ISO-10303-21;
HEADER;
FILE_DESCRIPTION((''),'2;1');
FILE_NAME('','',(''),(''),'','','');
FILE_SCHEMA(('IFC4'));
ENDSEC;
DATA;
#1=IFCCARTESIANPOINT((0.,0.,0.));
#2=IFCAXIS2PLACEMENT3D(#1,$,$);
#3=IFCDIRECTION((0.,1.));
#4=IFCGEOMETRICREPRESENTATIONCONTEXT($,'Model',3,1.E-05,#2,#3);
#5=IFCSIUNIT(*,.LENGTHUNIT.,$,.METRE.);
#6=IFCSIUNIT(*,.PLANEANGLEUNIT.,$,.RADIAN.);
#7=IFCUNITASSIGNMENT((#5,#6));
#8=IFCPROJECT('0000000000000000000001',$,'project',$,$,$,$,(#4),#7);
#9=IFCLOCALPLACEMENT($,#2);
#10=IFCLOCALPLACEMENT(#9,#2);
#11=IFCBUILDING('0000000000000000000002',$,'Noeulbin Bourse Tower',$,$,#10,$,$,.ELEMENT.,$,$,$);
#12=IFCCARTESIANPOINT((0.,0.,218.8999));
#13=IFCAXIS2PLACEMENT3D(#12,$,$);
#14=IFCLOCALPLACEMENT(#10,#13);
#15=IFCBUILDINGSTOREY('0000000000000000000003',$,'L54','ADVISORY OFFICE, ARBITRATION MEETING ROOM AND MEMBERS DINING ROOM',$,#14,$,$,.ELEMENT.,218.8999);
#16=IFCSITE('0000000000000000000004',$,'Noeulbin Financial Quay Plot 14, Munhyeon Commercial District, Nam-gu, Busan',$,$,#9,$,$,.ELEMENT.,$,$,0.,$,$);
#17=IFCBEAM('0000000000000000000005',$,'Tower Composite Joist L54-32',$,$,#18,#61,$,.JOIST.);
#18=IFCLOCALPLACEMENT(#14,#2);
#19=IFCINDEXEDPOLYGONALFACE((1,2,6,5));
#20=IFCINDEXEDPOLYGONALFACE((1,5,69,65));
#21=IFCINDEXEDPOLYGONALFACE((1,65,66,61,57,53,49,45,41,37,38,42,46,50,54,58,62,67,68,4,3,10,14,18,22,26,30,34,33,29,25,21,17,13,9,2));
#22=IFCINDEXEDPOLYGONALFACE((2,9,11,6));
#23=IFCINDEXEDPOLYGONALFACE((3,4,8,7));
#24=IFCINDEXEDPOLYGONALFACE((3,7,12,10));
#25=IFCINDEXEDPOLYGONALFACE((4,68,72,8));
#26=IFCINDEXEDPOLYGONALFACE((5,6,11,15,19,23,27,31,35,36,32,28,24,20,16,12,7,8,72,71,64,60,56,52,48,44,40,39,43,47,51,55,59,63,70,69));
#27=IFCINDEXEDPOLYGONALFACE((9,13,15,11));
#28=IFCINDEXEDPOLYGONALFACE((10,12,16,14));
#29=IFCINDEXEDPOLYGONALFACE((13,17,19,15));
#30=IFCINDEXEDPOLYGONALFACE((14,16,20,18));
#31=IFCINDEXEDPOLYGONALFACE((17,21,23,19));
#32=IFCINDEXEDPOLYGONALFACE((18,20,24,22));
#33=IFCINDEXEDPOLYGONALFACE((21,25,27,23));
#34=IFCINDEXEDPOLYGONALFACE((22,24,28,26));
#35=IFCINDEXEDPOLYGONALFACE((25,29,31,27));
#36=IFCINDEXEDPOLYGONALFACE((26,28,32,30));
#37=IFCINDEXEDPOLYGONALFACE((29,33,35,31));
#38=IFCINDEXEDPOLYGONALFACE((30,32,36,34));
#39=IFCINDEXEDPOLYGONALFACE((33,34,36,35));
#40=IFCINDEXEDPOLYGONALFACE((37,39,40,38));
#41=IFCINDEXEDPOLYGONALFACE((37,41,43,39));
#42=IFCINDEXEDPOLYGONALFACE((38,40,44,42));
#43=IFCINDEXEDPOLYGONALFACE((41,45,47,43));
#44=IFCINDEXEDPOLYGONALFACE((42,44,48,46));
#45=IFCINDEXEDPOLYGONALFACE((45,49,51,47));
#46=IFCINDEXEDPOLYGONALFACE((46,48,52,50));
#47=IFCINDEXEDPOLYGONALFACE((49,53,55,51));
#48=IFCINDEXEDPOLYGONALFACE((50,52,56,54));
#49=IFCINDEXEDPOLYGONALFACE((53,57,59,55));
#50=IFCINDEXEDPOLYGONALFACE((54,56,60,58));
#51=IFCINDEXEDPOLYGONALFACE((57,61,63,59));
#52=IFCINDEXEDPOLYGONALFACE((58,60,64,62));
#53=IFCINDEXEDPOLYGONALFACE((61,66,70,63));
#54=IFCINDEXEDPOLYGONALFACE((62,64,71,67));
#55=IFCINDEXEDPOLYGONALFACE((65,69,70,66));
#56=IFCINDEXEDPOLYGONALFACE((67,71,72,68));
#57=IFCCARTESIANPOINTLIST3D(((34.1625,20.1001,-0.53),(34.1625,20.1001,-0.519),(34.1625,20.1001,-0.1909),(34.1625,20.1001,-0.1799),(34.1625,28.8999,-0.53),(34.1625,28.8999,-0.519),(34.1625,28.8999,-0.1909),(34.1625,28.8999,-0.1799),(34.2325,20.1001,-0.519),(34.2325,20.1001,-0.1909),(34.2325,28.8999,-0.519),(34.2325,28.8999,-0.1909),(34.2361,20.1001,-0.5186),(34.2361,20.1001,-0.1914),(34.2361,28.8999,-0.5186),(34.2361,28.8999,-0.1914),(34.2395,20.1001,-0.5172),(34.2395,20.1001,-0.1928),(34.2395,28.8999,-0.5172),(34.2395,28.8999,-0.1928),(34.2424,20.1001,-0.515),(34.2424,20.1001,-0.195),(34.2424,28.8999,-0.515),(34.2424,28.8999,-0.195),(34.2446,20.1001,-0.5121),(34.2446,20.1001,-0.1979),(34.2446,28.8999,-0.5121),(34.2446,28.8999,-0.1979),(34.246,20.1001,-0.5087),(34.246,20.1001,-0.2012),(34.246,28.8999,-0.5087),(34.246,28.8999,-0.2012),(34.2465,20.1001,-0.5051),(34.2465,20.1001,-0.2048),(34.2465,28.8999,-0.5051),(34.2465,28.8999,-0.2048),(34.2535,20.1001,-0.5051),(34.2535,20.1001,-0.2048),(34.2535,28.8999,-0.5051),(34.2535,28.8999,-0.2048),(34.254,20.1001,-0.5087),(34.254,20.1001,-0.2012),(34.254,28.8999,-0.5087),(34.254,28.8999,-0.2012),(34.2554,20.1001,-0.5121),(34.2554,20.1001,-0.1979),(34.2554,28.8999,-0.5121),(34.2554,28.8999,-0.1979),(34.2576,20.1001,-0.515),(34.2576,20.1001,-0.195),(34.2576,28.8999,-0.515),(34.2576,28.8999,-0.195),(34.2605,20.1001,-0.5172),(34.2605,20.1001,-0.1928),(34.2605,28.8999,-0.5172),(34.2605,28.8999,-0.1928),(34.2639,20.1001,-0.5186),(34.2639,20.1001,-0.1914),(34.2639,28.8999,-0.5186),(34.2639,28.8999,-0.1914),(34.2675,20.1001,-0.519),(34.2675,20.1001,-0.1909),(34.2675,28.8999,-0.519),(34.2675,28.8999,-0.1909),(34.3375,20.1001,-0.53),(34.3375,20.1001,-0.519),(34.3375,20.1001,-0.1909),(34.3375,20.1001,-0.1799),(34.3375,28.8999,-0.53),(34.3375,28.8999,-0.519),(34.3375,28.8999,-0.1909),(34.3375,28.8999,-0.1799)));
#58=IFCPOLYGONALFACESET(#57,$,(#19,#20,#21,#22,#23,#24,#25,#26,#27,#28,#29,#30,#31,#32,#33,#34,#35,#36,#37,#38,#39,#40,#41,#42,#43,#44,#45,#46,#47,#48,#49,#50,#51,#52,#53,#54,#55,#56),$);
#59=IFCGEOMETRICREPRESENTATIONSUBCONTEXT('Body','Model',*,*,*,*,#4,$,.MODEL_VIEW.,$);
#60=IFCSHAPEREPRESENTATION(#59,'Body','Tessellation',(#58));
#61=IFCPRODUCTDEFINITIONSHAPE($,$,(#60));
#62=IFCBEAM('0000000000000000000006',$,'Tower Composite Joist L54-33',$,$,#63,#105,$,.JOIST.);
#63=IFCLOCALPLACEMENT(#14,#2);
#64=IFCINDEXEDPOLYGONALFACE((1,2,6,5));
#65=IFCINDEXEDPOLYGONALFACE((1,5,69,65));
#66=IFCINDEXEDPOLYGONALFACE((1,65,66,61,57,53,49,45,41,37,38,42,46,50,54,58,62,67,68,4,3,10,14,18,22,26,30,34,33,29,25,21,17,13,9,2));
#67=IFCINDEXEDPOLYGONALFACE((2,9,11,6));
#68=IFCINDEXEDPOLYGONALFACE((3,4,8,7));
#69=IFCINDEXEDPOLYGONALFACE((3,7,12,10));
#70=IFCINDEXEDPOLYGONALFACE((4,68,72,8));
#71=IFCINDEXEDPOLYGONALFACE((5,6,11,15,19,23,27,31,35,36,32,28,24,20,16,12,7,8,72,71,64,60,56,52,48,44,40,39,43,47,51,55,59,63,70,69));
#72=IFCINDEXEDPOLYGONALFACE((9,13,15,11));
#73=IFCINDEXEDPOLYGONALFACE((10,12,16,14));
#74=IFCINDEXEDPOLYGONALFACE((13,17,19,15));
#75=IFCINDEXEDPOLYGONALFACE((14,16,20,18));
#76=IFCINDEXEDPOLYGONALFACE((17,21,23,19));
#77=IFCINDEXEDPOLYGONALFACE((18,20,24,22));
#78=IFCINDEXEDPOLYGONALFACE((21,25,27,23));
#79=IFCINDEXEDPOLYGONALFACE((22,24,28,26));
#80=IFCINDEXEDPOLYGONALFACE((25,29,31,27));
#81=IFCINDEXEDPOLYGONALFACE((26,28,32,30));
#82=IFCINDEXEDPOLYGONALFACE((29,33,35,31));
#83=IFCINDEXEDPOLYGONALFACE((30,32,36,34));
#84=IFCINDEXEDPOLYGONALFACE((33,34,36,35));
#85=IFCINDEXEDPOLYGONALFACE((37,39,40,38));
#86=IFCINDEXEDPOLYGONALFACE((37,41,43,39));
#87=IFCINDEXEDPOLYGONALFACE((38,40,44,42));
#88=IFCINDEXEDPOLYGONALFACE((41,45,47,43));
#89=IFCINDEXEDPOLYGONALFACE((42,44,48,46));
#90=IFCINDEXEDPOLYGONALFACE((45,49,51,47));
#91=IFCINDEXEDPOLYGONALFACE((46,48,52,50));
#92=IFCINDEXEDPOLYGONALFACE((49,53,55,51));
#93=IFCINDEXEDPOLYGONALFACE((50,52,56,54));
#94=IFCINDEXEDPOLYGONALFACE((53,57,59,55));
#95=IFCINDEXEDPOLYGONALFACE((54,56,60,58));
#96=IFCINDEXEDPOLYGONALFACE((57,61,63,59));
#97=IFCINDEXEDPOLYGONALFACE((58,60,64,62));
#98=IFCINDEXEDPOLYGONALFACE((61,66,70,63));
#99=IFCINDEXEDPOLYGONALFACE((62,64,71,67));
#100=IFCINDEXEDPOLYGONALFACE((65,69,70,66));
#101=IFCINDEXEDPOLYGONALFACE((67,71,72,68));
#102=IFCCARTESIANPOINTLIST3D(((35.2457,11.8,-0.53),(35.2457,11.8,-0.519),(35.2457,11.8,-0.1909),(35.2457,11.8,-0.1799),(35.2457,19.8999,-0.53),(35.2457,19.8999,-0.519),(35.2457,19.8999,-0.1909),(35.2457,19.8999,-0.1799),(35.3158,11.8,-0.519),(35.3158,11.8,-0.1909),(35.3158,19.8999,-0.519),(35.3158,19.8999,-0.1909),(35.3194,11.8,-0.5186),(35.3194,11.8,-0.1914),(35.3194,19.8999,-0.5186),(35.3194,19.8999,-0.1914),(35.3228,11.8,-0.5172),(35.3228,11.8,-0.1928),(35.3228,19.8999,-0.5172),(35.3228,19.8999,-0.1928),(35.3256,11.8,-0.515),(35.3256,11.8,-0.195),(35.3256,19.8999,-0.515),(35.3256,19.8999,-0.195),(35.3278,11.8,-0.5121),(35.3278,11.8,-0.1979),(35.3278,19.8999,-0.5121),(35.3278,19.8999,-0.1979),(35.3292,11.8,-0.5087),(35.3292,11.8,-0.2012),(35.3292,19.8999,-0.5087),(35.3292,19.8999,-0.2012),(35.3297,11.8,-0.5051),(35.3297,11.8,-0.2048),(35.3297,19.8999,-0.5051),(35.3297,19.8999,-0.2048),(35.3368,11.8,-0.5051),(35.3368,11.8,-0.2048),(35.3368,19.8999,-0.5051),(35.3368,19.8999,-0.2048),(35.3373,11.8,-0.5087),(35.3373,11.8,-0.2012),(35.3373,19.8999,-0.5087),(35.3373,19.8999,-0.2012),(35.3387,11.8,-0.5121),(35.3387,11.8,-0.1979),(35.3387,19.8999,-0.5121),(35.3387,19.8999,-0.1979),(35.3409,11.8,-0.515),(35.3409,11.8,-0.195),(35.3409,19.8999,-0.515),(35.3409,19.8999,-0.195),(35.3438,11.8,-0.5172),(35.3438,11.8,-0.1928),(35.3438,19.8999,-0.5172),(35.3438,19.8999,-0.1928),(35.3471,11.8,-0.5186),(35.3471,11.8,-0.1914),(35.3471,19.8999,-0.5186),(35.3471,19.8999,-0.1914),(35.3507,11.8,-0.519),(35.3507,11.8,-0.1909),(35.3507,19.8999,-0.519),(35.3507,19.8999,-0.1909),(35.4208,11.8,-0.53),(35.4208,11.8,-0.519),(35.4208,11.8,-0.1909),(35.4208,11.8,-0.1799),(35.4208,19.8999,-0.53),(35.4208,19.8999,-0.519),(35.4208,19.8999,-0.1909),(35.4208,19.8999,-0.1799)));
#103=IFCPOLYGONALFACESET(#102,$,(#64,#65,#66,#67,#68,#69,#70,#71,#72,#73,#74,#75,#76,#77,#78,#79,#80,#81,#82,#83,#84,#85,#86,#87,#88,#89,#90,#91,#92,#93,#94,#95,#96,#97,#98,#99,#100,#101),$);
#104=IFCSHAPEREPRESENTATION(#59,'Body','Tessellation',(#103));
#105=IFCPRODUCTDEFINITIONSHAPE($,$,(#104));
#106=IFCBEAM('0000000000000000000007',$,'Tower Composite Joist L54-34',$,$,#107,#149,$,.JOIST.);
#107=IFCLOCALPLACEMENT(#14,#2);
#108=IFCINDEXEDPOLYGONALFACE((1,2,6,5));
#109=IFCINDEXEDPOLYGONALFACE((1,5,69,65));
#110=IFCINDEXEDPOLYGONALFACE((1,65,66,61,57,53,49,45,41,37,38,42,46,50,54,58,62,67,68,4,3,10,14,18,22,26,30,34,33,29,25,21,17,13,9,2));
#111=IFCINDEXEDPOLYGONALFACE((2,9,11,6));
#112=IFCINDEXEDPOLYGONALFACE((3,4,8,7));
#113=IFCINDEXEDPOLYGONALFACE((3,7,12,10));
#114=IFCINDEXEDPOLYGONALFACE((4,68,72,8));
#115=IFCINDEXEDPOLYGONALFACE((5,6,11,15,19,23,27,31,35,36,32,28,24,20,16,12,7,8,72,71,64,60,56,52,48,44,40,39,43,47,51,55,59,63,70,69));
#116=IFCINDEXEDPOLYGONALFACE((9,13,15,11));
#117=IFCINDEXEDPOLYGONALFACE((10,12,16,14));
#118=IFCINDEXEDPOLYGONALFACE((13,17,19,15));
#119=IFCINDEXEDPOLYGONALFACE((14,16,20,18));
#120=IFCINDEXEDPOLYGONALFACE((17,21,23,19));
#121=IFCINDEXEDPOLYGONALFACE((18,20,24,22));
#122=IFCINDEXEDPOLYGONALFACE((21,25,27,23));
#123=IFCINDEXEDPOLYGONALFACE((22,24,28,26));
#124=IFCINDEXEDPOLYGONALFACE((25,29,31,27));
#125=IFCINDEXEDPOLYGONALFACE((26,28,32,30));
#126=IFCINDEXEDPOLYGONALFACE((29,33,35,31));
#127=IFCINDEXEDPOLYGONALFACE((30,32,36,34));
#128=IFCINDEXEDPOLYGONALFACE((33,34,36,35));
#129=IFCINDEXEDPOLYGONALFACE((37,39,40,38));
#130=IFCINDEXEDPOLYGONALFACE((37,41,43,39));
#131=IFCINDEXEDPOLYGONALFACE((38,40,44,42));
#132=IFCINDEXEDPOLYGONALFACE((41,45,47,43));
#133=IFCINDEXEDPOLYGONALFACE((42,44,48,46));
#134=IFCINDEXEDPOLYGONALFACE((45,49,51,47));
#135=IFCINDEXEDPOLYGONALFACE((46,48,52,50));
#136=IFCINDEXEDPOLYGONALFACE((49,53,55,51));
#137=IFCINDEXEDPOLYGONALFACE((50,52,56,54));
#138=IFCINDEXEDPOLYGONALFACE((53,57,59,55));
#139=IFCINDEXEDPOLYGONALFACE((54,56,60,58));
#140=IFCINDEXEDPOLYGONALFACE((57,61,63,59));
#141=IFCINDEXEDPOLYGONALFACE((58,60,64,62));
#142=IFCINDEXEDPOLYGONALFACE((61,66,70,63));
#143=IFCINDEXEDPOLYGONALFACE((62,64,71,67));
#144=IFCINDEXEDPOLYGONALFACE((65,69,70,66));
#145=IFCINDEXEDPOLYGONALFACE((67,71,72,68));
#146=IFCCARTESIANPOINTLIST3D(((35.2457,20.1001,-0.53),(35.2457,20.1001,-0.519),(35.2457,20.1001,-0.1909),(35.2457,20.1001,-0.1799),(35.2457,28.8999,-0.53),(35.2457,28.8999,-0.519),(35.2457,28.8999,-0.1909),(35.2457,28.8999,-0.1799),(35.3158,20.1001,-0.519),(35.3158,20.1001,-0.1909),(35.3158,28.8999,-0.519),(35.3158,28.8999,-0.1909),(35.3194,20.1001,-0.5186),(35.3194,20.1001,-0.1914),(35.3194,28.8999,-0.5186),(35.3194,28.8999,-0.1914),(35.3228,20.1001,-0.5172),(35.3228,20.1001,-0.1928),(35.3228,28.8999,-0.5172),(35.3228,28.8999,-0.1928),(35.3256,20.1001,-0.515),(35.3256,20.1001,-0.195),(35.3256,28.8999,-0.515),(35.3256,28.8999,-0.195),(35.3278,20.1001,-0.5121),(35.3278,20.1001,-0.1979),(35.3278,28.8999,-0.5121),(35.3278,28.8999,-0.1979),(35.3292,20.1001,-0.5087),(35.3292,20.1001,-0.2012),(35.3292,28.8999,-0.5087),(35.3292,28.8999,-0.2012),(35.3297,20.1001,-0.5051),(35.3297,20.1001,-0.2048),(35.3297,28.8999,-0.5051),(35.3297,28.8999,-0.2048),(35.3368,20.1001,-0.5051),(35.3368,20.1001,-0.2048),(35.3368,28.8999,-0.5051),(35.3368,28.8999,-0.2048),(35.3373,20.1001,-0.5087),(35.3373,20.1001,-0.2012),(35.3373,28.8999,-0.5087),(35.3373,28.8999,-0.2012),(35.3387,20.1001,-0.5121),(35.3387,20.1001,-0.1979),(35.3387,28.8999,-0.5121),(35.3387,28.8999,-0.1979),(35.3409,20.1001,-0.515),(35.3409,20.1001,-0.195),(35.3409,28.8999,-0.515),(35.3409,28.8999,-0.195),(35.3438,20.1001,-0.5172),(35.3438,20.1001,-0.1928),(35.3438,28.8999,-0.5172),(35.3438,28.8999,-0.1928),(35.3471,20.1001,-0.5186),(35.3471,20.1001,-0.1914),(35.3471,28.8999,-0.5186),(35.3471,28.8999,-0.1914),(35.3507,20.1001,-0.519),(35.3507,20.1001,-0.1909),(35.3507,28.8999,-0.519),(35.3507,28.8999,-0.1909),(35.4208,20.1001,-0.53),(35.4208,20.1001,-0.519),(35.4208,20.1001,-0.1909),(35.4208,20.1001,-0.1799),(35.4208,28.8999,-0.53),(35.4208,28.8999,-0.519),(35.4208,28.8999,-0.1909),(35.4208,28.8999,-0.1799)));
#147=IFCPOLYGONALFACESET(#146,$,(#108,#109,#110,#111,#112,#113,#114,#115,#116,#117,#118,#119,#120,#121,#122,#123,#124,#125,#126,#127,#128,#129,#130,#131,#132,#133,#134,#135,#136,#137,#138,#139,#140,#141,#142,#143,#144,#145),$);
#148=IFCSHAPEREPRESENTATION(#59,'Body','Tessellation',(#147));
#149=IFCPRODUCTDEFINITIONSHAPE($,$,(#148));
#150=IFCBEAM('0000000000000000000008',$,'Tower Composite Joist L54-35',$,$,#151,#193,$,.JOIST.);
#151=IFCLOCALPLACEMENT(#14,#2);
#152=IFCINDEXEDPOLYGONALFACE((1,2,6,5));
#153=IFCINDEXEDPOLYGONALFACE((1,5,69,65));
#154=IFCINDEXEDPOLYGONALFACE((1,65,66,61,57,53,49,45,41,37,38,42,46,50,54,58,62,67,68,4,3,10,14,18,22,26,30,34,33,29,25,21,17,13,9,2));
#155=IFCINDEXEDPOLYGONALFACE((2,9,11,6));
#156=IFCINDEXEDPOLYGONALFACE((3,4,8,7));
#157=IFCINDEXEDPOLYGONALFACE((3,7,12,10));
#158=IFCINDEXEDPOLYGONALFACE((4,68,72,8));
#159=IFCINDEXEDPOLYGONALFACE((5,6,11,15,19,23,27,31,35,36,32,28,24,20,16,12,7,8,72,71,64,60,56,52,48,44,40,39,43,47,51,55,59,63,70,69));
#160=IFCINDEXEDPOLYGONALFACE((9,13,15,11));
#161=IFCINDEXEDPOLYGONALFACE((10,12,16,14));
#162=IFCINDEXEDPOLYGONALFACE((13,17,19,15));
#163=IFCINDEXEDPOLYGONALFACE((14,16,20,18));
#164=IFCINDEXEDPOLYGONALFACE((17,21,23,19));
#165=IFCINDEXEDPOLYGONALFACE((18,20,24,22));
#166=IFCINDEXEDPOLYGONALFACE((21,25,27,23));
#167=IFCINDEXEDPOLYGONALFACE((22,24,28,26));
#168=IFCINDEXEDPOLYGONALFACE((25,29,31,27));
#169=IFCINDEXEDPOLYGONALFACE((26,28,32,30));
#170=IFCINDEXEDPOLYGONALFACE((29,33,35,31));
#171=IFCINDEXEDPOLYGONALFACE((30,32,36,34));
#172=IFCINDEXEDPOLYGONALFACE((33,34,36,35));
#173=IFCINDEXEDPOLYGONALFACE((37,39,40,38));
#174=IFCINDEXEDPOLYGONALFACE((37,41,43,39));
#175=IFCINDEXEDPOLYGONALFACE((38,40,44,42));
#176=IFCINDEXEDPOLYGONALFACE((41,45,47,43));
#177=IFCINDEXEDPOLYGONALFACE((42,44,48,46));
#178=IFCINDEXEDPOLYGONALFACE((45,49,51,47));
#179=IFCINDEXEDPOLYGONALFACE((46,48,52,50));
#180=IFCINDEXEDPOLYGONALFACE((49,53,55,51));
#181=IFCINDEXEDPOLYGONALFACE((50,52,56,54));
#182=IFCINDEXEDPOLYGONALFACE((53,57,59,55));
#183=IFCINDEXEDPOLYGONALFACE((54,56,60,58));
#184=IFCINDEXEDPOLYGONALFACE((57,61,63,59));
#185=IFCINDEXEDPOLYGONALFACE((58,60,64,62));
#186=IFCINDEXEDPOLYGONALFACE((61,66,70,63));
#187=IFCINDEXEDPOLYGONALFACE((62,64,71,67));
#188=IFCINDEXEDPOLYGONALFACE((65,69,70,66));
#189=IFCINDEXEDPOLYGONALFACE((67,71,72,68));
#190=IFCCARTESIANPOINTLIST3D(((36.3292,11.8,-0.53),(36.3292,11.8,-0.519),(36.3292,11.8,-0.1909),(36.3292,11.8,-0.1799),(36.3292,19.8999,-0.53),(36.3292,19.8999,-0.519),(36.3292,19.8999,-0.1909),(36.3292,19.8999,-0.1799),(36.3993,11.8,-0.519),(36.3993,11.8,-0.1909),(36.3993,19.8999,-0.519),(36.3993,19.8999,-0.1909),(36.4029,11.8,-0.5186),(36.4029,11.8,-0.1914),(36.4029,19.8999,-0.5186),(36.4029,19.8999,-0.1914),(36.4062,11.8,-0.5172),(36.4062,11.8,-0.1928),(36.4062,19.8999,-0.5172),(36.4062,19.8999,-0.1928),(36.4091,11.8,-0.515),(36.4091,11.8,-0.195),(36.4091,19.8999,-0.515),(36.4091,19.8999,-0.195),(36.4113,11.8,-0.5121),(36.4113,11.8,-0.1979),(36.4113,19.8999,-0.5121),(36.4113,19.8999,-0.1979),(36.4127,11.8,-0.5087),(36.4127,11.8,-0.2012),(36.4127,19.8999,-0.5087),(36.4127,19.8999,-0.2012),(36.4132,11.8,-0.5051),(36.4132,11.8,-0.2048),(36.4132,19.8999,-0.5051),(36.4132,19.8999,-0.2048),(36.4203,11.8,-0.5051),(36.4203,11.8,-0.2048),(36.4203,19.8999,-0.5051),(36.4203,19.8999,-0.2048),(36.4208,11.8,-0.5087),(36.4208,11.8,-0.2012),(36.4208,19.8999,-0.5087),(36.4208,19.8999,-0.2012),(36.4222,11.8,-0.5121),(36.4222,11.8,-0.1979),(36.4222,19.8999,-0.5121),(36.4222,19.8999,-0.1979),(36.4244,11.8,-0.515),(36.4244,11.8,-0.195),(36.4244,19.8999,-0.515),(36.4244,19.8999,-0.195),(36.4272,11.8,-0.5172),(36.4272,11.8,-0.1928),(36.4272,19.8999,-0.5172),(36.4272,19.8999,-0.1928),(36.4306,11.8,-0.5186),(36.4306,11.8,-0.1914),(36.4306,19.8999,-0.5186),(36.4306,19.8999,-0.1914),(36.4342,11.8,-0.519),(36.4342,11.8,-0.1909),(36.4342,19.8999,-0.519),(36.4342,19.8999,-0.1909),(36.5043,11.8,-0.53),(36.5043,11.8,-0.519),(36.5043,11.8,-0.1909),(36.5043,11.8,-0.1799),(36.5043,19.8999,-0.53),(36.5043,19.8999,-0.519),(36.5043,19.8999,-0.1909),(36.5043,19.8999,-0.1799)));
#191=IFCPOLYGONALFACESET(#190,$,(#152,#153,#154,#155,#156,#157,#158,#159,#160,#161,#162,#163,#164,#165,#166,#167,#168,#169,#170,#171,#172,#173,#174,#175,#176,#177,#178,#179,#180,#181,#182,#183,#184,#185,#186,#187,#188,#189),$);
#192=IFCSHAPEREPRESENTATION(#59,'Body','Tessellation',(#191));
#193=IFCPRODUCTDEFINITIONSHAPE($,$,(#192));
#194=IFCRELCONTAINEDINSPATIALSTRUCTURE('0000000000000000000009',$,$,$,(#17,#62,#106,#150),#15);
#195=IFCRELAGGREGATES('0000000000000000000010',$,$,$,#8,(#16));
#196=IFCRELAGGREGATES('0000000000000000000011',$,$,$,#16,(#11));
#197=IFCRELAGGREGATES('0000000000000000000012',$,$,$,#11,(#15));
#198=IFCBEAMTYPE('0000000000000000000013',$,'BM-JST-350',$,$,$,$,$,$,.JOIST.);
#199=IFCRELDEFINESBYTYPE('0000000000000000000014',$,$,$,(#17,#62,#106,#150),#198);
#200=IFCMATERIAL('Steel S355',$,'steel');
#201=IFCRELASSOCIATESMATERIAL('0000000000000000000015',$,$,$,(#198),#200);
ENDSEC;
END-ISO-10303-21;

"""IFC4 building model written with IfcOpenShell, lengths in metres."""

from ifc_helpers import new_model, si_unit, direction, frame, origin, origin_2d, place, context, subcontext, project, spatial, i_section, extrude, material, material_profile, profile_set, type_object, element, save


model = new_model("IFC4")

# Units and contexts
model_context = context("Model", 3, precision=1e-05, world=origin(), true_north=direction((0.0, 1.0)))
body_context = subcontext(model_context, "Body", "Model", "MODEL_VIEW")
ifc_project = project(units=[si_unit("LENGTHUNIT", "METRE"), si_unit("PLANEANGLEUNIT", "RADIAN")], contexts=[model_context])

# Site, building, storey
site_placement = place(None, origin())
site = spatial("IfcSite", under=ifc_project, at=site_placement, Name="Noeulbin Financial Quay Plot 14, Munhyeon Commercial District, Nam-gu, Busan", CompositionType="ELEMENT", RefElevation=0.0)
building_placement = place(site_placement, origin())
building = spatial("IfcBuilding", under=site, at=building_placement, Name="Noeulbin Bourse Tower", CompositionType="ELEMENT")
storey_placement = place(building_placement, frame((0.0, 0.0, 218.8999)))
storey = spatial("IfcBuildingStorey", under=building, at=storey_placement, Name="L54", Description="ADVISORY OFFICE, ARBITRATION MEETING ROOM AND MEMBERS DINING ROOM", CompositionType="ELEMENT", Elevation=218.8999)

# Shared definitions
ifc_material_1 = material(Name="Steel S355", Category="steel")

# Beams
ifc_material_profile_1 = material_profile(ifc_material_1, i_section(OverallWidth=0.175, OverallDepth=0.3501, WebThickness=0.0071, FlangeThickness=0.011, FilletRadius=0.0139, at=origin_2d()), Name="H-350x175x7x11", Category="LoadBearing")
ifc_profile_set_1 = profile_set([ifc_material_profile_1], Name="Steel S355")
beam_type_1 = type_object("IfcBeamType", Name="BM-JST-350", PredefinedType="JOIST", material=ifc_profile_set_1)
beam_1_placement = place(storey_placement, frame((34.25, 20.1001, -0.355), z_axis=(0.0, 1.0, 0.0), x_axis=(-1.0, 0.0, 0.0)))
element("IfcBeam", 1, at=beam_1_placement, inside=storey, type_object=beam_type_1, Name="Tower Composite Joist L54-32", PredefinedType="JOIST", context=body_context, shape_type="SweptSolid", body=[
    extrude(i_section(OverallWidth=0.175, OverallDepth=0.3501, WebThickness=0.0071, FlangeThickness=0.011, FilletRadius=0.0139, at=origin_2d()), origin(), (0.0, 0.0, 1.0), 8.7998),
])
beam_2_placement = place(storey_placement, frame((35.3333, 11.8, -0.355), z_axis=(0.0, 1.0, 0.0), x_axis=(-1.0, 0.0, 0.0)))
element("IfcBeam", 2, at=beam_2_placement, inside=storey, type_object=beam_type_1, Name="Tower Composite Joist L54-33", PredefinedType="JOIST", context=body_context, shape_type="SweptSolid", body=[
    extrude(i_section(OverallWidth=0.175, OverallDepth=0.3501, WebThickness=0.0071, FlangeThickness=0.011, FilletRadius=0.0139, at=origin_2d()), origin(), (0.0, 0.0, 1.0), 8.0999),
])
beam_3_placement = place(storey_placement, frame((35.3333, 20.1001, -0.355), z_axis=(0.0, 1.0, 0.0), x_axis=(-1.0, 0.0, 0.0)))
element("IfcBeam", 3, at=beam_3_placement, inside=storey, type_object=beam_type_1, Name="Tower Composite Joist L54-34", PredefinedType="JOIST", context=body_context, shape_type="SweptSolid", body=[
    extrude(i_section(OverallWidth=0.175, OverallDepth=0.3501, WebThickness=0.0071, FlangeThickness=0.011, FilletRadius=0.0139, at=origin_2d()), origin(), (0.0, 0.0, 1.0), 8.7998),
])
beam_4_placement = place(storey_placement, frame((36.4167, 11.8, -0.355), z_axis=(0.0, 1.0, 0.0), x_axis=(-1.0, 0.0, 0.0)))
element("IfcBeam", 4, at=beam_4_placement, inside=storey, type_object=beam_type_1, Name="Tower Composite Joist L54-35", PredefinedType="JOIST", context=body_context, shape_type="SweptSolid", body=[
    extrude(i_section(OverallWidth=0.175, OverallDepth=0.3501, WebThickness=0.0071, FlangeThickness=0.011, FilletRadius=0.0139, at=origin_2d()), origin(), (0.0, 0.0, 1.0), 8.0999),
])

save(model, "model.ifc")
